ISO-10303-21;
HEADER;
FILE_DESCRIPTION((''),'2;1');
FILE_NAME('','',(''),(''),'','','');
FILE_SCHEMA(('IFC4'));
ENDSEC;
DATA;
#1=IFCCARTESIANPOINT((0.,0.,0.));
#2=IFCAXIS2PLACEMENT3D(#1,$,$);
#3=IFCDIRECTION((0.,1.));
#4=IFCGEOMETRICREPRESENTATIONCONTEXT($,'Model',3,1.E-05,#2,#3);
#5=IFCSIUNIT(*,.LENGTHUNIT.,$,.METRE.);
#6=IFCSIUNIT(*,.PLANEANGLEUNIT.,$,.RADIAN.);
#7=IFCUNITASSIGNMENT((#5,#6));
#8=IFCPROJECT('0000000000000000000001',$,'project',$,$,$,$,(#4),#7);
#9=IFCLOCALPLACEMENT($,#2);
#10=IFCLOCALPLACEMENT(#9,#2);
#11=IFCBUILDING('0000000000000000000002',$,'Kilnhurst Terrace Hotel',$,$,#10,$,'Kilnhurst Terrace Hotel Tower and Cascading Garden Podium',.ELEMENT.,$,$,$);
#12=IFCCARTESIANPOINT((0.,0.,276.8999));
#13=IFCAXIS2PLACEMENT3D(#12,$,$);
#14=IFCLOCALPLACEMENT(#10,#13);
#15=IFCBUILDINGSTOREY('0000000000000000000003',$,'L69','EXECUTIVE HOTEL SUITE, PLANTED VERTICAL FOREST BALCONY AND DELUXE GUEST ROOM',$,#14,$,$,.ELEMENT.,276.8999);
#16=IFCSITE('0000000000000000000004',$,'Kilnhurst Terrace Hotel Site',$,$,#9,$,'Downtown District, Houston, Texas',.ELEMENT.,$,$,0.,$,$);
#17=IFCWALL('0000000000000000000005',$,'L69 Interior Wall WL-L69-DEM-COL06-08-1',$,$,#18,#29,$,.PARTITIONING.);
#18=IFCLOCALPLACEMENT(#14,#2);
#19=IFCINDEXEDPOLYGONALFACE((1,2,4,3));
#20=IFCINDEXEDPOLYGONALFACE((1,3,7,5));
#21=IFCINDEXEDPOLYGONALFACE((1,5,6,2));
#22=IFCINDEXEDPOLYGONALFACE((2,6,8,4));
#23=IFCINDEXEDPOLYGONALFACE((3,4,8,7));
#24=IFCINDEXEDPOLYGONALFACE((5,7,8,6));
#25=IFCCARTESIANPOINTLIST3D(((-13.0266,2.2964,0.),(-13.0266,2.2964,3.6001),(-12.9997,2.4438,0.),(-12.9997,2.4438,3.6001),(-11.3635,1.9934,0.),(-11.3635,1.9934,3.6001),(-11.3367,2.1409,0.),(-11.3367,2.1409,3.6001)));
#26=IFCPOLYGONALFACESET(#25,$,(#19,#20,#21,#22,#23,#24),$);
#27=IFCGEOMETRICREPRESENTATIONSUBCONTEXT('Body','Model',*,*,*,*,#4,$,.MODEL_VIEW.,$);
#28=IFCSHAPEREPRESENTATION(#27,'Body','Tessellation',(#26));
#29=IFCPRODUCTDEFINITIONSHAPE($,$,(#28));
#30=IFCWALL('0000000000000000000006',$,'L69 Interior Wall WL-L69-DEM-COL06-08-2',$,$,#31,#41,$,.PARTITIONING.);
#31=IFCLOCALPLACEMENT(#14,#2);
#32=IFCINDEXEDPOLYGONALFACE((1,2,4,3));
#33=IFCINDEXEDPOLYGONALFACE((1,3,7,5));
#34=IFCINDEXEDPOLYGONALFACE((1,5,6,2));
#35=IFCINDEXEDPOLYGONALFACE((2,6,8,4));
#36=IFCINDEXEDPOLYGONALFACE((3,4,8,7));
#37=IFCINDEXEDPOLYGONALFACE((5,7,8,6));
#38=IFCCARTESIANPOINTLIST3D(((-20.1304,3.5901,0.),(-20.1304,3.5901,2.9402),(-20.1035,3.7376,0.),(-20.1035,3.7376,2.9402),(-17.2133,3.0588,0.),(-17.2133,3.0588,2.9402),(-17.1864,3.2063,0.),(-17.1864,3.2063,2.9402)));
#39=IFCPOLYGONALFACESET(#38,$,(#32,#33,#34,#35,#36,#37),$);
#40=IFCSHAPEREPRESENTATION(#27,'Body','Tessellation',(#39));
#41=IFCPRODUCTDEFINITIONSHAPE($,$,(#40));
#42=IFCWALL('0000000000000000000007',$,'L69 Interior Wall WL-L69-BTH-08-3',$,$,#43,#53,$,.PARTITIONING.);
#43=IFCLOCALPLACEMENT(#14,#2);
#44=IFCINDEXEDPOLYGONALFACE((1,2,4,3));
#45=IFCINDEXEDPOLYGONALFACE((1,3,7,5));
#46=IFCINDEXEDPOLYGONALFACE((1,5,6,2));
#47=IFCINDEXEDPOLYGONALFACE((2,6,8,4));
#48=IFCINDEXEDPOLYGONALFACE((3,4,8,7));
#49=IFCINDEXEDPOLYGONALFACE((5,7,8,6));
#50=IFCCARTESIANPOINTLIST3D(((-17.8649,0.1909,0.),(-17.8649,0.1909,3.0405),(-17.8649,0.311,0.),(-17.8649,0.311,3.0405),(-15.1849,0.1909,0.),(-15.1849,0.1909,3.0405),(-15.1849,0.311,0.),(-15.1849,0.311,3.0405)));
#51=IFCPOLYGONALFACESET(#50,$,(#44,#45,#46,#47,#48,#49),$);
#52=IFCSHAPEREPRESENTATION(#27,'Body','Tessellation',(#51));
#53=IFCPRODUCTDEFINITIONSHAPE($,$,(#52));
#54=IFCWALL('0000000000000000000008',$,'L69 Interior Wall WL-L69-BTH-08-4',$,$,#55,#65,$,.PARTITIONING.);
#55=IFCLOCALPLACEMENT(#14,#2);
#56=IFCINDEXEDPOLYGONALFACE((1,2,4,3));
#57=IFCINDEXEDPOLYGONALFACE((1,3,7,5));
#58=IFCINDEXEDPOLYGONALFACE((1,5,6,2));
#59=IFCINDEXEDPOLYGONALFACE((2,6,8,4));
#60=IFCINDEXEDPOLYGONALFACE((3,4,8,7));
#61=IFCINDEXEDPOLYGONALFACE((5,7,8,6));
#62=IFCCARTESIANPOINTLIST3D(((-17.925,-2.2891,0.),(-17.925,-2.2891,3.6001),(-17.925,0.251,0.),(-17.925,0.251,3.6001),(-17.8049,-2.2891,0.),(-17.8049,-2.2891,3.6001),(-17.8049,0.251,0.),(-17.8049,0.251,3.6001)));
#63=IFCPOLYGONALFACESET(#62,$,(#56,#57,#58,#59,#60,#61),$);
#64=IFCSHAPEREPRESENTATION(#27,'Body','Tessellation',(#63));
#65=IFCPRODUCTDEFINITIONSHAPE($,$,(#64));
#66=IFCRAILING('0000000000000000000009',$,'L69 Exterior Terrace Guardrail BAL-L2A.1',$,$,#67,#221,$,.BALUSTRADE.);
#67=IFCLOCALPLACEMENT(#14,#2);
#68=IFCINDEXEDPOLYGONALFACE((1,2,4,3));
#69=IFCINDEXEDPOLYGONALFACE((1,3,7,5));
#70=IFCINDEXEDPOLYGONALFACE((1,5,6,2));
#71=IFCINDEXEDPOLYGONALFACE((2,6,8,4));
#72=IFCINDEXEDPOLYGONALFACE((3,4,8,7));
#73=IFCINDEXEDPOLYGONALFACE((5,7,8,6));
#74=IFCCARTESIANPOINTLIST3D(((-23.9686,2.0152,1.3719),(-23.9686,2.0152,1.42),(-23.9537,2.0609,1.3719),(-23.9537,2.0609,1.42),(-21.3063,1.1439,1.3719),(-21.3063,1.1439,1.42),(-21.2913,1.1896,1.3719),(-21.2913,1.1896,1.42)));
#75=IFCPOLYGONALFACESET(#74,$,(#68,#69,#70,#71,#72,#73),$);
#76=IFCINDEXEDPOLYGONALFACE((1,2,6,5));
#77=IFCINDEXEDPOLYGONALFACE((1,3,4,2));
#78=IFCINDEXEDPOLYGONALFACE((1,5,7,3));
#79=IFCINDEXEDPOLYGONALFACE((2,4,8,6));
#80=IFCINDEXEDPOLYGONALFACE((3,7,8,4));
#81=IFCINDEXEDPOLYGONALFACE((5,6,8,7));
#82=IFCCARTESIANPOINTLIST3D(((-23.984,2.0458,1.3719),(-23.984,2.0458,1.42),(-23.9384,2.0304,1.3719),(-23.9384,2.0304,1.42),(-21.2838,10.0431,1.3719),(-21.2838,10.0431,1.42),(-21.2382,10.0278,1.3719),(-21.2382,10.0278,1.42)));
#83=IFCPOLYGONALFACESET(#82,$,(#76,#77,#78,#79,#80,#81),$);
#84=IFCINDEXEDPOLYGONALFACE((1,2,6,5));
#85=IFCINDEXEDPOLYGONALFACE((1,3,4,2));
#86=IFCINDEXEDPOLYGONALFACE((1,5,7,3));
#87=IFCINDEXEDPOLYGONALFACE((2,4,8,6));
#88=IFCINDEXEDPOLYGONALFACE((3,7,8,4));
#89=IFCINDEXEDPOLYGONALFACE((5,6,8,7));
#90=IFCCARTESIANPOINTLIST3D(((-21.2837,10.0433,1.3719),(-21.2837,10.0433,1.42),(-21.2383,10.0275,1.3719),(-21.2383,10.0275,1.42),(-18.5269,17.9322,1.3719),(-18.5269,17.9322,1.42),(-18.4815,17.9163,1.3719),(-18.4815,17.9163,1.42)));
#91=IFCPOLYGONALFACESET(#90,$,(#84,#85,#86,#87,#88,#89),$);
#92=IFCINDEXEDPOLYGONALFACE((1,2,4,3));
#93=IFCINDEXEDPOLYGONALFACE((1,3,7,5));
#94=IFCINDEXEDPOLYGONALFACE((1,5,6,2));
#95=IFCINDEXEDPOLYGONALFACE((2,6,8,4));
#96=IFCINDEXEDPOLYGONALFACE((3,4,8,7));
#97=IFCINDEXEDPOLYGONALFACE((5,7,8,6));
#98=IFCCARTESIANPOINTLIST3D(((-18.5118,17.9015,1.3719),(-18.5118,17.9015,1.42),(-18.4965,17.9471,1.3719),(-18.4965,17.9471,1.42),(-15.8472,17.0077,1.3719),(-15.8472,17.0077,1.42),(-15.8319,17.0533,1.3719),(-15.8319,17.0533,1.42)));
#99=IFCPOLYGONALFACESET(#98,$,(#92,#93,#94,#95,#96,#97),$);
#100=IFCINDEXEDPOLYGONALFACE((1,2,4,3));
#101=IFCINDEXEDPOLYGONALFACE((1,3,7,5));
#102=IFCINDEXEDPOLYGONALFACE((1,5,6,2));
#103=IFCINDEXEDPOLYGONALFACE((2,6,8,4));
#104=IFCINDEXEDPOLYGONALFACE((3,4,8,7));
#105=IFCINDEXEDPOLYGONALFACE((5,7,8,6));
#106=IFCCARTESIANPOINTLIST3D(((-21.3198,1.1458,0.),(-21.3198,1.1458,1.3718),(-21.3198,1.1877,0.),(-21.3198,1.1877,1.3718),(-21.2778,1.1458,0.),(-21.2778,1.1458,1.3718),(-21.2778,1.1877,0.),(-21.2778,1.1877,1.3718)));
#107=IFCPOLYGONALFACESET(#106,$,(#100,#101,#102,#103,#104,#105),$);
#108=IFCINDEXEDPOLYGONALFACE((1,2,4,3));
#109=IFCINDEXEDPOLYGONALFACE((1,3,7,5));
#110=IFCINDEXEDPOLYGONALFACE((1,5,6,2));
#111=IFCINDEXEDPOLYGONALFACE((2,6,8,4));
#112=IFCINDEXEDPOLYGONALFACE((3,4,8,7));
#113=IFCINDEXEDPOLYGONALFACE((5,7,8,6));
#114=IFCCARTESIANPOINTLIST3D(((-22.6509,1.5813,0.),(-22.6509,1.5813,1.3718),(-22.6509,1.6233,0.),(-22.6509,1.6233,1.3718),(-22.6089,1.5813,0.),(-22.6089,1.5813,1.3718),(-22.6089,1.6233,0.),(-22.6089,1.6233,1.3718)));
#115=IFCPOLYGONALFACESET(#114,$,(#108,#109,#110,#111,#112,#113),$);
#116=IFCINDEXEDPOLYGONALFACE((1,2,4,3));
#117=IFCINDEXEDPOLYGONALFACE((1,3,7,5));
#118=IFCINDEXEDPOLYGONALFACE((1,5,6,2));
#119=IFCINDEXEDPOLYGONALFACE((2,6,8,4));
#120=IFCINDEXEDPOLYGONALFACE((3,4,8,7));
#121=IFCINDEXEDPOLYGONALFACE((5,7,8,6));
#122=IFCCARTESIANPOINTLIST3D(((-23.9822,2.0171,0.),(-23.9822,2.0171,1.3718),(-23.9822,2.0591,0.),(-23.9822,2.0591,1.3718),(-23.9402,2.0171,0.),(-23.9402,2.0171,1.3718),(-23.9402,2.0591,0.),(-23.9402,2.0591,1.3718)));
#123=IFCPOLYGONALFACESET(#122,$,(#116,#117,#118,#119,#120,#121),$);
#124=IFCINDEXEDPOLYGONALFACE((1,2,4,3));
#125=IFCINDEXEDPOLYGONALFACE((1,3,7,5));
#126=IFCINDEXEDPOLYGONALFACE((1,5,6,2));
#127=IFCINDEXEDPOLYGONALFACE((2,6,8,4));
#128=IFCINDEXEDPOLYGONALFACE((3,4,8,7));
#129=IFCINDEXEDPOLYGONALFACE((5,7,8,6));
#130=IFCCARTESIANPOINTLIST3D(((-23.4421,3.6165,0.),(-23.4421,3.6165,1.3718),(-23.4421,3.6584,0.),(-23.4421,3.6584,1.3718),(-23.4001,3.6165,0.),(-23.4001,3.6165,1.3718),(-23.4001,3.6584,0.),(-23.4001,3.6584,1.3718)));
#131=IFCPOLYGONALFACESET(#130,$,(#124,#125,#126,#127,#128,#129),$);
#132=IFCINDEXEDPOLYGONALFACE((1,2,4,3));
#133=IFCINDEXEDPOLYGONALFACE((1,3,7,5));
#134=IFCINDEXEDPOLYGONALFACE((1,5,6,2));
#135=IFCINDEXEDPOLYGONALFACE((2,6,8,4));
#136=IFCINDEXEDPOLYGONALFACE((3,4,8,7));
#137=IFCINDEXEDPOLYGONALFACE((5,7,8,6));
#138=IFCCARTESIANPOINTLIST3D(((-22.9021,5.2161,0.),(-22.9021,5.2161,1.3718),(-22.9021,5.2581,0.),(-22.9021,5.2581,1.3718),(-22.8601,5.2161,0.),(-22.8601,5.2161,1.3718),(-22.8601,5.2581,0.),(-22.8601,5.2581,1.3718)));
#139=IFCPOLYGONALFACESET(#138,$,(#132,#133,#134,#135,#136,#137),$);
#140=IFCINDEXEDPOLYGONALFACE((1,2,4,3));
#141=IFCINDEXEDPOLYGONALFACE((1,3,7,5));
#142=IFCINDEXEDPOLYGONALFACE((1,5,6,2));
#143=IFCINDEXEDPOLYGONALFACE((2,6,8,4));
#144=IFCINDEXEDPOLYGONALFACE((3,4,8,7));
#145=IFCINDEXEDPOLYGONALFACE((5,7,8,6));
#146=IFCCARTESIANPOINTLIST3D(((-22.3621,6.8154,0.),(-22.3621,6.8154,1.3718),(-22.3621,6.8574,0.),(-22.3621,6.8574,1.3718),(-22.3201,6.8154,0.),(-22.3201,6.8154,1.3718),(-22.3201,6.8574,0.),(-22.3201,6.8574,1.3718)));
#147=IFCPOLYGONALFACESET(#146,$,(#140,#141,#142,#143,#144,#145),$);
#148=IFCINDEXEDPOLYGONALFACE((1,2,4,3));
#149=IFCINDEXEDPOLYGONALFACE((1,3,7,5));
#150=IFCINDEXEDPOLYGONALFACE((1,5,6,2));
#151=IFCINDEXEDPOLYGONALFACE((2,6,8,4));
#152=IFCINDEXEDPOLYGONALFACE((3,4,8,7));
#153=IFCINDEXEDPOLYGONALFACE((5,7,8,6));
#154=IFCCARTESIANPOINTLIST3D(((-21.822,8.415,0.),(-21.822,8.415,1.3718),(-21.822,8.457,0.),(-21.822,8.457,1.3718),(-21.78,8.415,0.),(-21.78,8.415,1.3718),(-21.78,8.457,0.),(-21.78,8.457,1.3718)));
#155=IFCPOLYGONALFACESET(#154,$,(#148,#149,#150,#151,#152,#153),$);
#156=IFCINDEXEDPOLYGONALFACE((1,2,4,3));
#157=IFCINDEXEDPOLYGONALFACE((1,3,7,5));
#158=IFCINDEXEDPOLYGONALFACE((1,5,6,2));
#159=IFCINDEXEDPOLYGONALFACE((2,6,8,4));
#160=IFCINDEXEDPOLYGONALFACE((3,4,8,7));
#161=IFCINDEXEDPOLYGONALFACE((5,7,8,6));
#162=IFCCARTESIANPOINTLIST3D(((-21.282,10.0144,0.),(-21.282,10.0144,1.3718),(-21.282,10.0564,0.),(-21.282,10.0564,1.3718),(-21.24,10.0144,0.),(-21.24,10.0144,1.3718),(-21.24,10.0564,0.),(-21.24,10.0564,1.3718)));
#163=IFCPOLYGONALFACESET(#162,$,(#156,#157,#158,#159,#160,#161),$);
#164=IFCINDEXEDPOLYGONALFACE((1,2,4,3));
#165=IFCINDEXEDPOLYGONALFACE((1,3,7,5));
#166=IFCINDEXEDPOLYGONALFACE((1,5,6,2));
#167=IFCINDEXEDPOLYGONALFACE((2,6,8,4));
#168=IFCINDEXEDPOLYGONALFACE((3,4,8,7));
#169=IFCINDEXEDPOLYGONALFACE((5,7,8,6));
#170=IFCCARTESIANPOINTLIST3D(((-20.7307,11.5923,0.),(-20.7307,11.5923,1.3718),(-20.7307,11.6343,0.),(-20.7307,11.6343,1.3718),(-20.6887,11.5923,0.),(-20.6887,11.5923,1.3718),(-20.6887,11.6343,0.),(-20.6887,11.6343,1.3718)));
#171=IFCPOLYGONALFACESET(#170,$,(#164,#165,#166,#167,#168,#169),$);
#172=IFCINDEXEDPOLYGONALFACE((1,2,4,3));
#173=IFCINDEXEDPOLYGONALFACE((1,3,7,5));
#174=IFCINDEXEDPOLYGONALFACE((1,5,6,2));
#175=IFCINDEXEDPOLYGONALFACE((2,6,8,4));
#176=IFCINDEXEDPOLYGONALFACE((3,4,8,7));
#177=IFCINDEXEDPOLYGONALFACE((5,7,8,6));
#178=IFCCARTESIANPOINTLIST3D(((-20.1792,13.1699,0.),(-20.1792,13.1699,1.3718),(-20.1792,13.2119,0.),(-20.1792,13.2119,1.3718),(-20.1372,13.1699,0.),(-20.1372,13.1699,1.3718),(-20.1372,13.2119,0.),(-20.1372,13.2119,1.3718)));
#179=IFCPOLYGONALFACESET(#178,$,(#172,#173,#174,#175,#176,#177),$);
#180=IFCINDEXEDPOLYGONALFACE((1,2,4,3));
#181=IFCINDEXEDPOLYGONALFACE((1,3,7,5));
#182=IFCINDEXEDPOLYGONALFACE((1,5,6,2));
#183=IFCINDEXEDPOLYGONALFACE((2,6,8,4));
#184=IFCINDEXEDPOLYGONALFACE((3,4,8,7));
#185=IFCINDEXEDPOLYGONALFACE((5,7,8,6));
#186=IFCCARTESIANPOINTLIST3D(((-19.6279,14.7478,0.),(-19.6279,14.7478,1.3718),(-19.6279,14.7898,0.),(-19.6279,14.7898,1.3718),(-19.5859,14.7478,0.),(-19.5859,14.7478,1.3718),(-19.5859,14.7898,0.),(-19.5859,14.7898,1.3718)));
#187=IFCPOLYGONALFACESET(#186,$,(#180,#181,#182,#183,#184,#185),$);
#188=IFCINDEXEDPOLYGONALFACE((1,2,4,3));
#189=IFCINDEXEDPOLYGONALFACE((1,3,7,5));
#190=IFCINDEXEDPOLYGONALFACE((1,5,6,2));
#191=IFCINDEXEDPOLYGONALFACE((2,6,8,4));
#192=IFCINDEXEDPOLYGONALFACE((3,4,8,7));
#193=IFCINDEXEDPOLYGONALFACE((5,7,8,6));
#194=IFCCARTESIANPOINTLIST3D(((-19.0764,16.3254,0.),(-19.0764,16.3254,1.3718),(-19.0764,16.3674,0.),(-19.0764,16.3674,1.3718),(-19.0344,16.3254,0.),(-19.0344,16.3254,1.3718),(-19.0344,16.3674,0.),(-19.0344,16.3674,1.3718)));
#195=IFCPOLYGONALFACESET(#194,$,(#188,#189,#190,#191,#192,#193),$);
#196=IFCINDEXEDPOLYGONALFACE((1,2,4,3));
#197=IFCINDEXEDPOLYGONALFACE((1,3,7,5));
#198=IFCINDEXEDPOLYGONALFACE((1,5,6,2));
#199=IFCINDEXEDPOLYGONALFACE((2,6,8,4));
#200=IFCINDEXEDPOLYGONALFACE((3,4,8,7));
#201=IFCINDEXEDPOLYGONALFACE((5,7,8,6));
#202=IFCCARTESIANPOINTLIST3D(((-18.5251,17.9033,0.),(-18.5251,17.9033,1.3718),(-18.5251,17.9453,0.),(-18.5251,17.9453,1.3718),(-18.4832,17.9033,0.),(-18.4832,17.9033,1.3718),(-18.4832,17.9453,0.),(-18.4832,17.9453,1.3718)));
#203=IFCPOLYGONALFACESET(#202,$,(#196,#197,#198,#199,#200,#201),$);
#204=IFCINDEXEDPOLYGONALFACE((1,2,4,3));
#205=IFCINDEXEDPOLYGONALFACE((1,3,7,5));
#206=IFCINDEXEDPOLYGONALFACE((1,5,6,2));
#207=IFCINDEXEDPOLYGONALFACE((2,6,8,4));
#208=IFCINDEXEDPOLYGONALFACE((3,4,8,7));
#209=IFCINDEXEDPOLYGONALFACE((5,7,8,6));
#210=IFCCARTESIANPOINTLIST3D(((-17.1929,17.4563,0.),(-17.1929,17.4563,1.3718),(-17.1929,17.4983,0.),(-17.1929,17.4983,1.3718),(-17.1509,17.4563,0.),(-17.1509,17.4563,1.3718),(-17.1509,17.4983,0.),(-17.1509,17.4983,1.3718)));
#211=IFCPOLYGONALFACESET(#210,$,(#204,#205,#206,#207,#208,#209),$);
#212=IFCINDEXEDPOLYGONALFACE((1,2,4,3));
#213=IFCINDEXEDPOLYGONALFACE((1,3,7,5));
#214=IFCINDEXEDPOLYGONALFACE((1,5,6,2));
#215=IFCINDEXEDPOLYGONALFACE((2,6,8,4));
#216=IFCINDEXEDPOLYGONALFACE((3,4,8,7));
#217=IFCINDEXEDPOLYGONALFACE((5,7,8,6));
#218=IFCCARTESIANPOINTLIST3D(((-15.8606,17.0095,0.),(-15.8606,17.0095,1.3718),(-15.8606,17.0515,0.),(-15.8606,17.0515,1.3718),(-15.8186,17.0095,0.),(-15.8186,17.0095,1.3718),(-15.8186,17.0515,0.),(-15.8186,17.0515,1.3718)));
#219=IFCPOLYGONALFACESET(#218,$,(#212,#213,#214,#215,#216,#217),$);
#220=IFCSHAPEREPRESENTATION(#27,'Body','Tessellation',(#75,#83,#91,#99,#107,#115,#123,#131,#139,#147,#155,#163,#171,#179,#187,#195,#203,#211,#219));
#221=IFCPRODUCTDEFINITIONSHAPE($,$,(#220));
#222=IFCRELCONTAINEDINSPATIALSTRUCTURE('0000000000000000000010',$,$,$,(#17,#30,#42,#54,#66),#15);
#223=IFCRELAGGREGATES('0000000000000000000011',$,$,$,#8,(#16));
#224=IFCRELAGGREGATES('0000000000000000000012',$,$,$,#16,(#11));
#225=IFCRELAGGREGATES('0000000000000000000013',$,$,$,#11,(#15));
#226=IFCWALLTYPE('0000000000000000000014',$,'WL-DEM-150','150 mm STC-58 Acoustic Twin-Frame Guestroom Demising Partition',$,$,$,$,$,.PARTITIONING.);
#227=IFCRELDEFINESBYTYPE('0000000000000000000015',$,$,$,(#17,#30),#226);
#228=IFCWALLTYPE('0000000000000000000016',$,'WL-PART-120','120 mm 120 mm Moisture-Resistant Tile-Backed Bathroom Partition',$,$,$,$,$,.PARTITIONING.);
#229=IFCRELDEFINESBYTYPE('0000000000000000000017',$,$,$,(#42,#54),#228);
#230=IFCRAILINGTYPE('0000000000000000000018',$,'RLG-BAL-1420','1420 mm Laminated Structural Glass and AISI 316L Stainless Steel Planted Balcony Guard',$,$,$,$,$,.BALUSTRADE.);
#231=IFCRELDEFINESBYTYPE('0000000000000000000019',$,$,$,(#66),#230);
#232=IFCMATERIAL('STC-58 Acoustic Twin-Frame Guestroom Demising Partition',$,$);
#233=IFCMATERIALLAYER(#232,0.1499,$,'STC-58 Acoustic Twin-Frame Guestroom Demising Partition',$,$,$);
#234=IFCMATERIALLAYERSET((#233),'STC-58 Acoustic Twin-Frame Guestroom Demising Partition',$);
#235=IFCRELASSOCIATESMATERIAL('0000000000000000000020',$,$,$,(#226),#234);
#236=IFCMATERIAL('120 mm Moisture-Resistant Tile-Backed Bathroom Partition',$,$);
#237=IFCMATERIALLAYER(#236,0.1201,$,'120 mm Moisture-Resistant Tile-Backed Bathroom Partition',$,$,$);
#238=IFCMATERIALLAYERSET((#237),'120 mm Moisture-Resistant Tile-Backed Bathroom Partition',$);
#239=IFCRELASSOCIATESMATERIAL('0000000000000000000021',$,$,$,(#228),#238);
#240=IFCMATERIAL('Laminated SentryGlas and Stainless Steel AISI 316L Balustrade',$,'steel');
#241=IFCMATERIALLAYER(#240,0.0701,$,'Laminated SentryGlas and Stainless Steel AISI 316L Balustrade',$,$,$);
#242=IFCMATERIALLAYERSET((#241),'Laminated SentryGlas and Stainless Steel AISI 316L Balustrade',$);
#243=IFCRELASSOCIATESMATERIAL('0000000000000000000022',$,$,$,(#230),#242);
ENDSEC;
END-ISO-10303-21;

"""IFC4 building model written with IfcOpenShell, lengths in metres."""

from ifc_helpers import new_model, si_unit, direction, frame, frame_2d, origin, origin_2d, place, context, subcontext, project, spatial, rectangle, extrude, material, layer, layer_set, type_object, element, save


model = new_model("IFC4")

# Units and contexts
model_context = context("Model", 3, precision=1e-05, world=origin(), true_north=direction((0.0, 1.0)))
body_context = subcontext(model_context, "Body", "Model", "MODEL_VIEW")
ifc_project = project(units=[si_unit("LENGTHUNIT", "METRE"), si_unit("PLANEANGLEUNIT", "RADIAN")], contexts=[model_context])

# Site, building, storey
site_placement = place(None, origin())
site = spatial("IfcSite", under=ifc_project, at=site_placement, Name="Kilnhurst Terrace Hotel Site", LongName="Downtown District, Houston, Texas", CompositionType="ELEMENT", RefElevation=0.0)
building_placement = place(site_placement, origin())
building = spatial("IfcBuilding", under=site, at=building_placement, Name="Kilnhurst Terrace Hotel", LongName="Kilnhurst Terrace Hotel Tower and Cascading Garden Podium", CompositionType="ELEMENT")
storey_placement = place(building_placement, frame((0.0, 0.0, 276.8999)))
storey = spatial("IfcBuildingStorey", under=building, at=storey_placement, Name="L69", Description="EXECUTIVE HOTEL SUITE, PLANTED VERTICAL FOREST BALCONY AND DELUXE GUEST ROOM", CompositionType="ELEMENT", Elevation=276.8999)

# Walls
ifc_material_1 = material(Name="STC-58 Acoustic Twin-Frame Guestroom Demising Partition")
ifc_layer_1 = layer(ifc_material_1, 0.1499, Name="STC-58 Acoustic Twin-Frame Guestroom Demising Partition")
ifc_layer_set_1 = layer_set([ifc_layer_1], Name="STC-58 Acoustic Twin-Frame Guestroom Demising Partition")
wall_type_1 = type_object("IfcWallType", Name="WL-DEM-150", Description="150 mm STC-58 Acoustic Twin-Frame Guestroom Demising Partition", PredefinedType="PARTITIONING", material=ifc_layer_set_1)
wall_1_placement = place(storey_placement, frame((-11.3501, 2.0671, 0.0), z_axis=(0.0, 0.0, 1.0), x_axis=(-0.983807, 0.179229, 0.0)))
element("IfcWall", 1, at=wall_1_placement, inside=storey, type_object=wall_type_1, Name="L69 Interior Wall WL-L69-DEM-COL06-08-1", PredefinedType="PARTITIONING", context=body_context, shape_type="SweptSolid", body=[
    extrude(rectangle(XDim=1.6904, YDim=0.1499, at=frame_2d((0.8452, 0.0))), origin(), (0.0, 0.0, 1.0), 3.6001),
])
wall_2_placement = place(storey_placement, frame((-17.2, 3.1326, 0.0), z_axis=(0.0, 0.0, 1.0), x_axis=(-0.983817, 0.179175, 0.0)))
element("IfcWall", 2, at=wall_2_placement, inside=storey, type_object=wall_type_1, Name="L69 Interior Wall WL-L69-DEM-COL06-08-2", PredefinedType="PARTITIONING", context=body_context, shape_type="SweptSolid", body=[
    extrude(rectangle(XDim=2.9651, YDim=0.1499, at=frame_2d((1.4824, 0.0))), origin(), (0.0, 0.0, 1.0), 2.9402),
])
ifc_material_2 = material(Name="120 mm Moisture-Resistant Tile-Backed Bathroom Partition")
ifc_layer_2 = layer(ifc_material_2, 0.1201, Name="120 mm Moisture-Resistant Tile-Backed Bathroom Partition")
ifc_layer_set_2 = layer_set([ifc_layer_2], Name="120 mm Moisture-Resistant Tile-Backed Bathroom Partition")
wall_type_2 = type_object("IfcWallType", Name="WL-PART-120", Description="120 mm 120 mm Moisture-Resistant Tile-Backed Bathroom Partition", PredefinedType="PARTITIONING", material=ifc_layer_set_2)
wall_3_placement = place(storey_placement, frame((-15.1851, 0.251, 0.0), z_axis=(0.0, 0.0, 1.0), x_axis=(-1.0, 0.0, 0.0)))
element("IfcWall", 3, at=wall_3_placement, inside=storey, type_object=wall_type_2, Name="L69 Interior Wall WL-L69-BTH-08-3", PredefinedType="PARTITIONING", context=body_context, shape_type="SweptSolid", body=[
    extrude(rectangle(XDim=2.6799, YDim=0.1201, at=frame_2d((1.3398, 0.0))), origin(), (0.0, 0.0, 1.0), 3.0405),
])
wall_4_placement = place(storey_placement, frame((-17.865, 0.251, 0.0), z_axis=(0.0, 0.0, 1.0), x_axis=(0.0, -1.0, 0.0)))
element("IfcWall", 4, at=wall_4_placement, inside=storey, type_object=wall_type_2, Name="L69 Interior Wall WL-L69-BTH-08-4", PredefinedType="PARTITIONING", context=body_context, shape_type="SweptSolid", body=[
    extrude(rectangle(XDim=2.54, YDim=0.1201, at=frame_2d((1.27, 0.0))), origin(), (0.0, 0.0, 1.0), 3.6001),
])

# Railing
ifc_material_3 = material(Name="Laminated SentryGlas and Stainless Steel AISI 316L Balustrade", Category="steel")
ifc_layer_3 = layer(ifc_material_3, 0.0701, Name="Laminated SentryGlas and Stainless Steel AISI 316L Balustrade")
ifc_layer_set_3 = layer_set([ifc_layer_3], Name="Laminated SentryGlas and Stainless Steel AISI 316L Balustrade")
railing_type = type_object("IfcRailingType", Name="RLG-BAL-1420", Description="1420 mm Laminated Structural Glass and AISI 316L Stainless Steel Planted Balcony Guard", PredefinedType="BALUSTRADE", material=ifc_layer_set_3)
railing_placement = place(storey_placement, frame((-21.2988, 1.1667, 0.0)))
element("IfcRailing", 5, at=railing_placement, inside=storey, type_object=railing_type, Name="L69 Exterior Terrace Guardrail BAL-L2A.1", PredefinedType="BALUSTRADE", context=body_context, shape_type="SweptSolid", body=[
    extrude(rectangle(XDim=0.0481, YDim=0.0481, at=origin_2d()), frame((0.0, 0.0, 1.396), z_axis=(-0.950395, 0.311046, 0.0), x_axis=(-0.311046, -0.950395, 0.0)), (0.0, 0.0, 1.0), 2.8013),
    extrude(rectangle(XDim=0.0481, YDim=0.0481, at=origin_2d()), frame((-2.6624, 0.8713, 1.396), z_axis=(0.319896, 0.947453, 0.0), x_axis=(-0.947453, 0.319896, 0.0)), (0.0, 0.0, 1.0), 8.4409),
    extrude(rectangle(XDim=0.0481, YDim=0.0481, at=origin_2d()), frame((0.0378, 8.8687, 1.396), z_axis=(0.329894, 0.944018, 0.0), x_axis=(-0.944018, 0.329894, 0.0)), (0.0, 0.0, 1.0), 8.3567),
    extrude(rectangle(XDim=0.0481, YDim=0.0481, at=origin_2d()), frame((2.7947, 16.7576, 1.396), z_axis=(0.948082, -0.318025, 0.0), x_axis=(0.318025, 0.948082, 0.0)), (0.0, 0.0, 1.0), 2.8105),
    extrude(rectangle(XDim=0.042, YDim=0.042, at=origin_2d()), origin(), (0.0, 0.0, 1.0), 1.3718),
    extrude(rectangle(XDim=0.042, YDim=0.042, at=origin_2d()), frame((-1.3311, 0.4355, 0.0)), (0.0, 0.0, 1.0), 1.3718),
    extrude(rectangle(XDim=0.042, YDim=0.042, at=origin_2d()), frame((-2.6624, 0.8713, 0.0)), (0.0, 0.0, 1.0), 1.3718),
    extrude(rectangle(XDim=0.042, YDim=0.042, at=origin_2d()), frame((-2.1223, 2.4707, 0.0)), (0.0, 0.0, 1.0), 1.3718),
    extrude(rectangle(XDim=0.042, YDim=0.042, at=origin_2d()), frame((-1.5823, 4.0703, 0.0)), (0.0, 0.0, 1.0), 1.3718),
    extrude(rectangle(XDim=0.042, YDim=0.042, at=origin_2d()), frame((-1.0422, 5.6697, 0.0)), (0.0, 0.0, 1.0), 1.3718),
    extrude(rectangle(XDim=0.042, YDim=0.042, at=origin_2d()), frame((-0.5022, 7.2693, 0.0)), (0.0, 0.0, 1.0), 1.3718),
    extrude(rectangle(XDim=0.042, YDim=0.042, at=origin_2d()), frame((0.0378, 8.8687, 0.0)), (0.0, 0.0, 1.0), 1.3718),
    extrude(rectangle(XDim=0.042, YDim=0.042, at=origin_2d()), frame((0.5891, 10.4465, 0.0)), (0.0, 0.0, 1.0), 1.3718),
    extrude(rectangle(XDim=0.042, YDim=0.042, at=origin_2d()), frame((1.1406, 12.0242, 0.0)), (0.0, 0.0, 1.0), 1.3718),
    extrude(rectangle(XDim=0.042, YDim=0.042, at=origin_2d()), frame((1.6919, 13.6021, 0.0)), (0.0, 0.0, 1.0), 1.3718),
    extrude(rectangle(XDim=0.042, YDim=0.042, at=origin_2d()), frame((2.2434, 15.1797, 0.0)), (0.0, 0.0, 1.0), 1.3718),
    extrude(rectangle(XDim=0.042, YDim=0.042, at=origin_2d()), frame((2.7947, 16.7576, 0.0)), (0.0, 0.0, 1.0), 1.3718),
    extrude(rectangle(XDim=0.042, YDim=0.042, at=origin_2d()), frame((4.127, 16.3105, 0.0)), (0.0, 0.0, 1.0), 1.3718),
    extrude(rectangle(XDim=0.042, YDim=0.042, at=origin_2d()), frame((5.4592, 15.8638, 0.0)), (0.0, 0.0, 1.0), 1.3718),
])

save(model, "model.ifc")
